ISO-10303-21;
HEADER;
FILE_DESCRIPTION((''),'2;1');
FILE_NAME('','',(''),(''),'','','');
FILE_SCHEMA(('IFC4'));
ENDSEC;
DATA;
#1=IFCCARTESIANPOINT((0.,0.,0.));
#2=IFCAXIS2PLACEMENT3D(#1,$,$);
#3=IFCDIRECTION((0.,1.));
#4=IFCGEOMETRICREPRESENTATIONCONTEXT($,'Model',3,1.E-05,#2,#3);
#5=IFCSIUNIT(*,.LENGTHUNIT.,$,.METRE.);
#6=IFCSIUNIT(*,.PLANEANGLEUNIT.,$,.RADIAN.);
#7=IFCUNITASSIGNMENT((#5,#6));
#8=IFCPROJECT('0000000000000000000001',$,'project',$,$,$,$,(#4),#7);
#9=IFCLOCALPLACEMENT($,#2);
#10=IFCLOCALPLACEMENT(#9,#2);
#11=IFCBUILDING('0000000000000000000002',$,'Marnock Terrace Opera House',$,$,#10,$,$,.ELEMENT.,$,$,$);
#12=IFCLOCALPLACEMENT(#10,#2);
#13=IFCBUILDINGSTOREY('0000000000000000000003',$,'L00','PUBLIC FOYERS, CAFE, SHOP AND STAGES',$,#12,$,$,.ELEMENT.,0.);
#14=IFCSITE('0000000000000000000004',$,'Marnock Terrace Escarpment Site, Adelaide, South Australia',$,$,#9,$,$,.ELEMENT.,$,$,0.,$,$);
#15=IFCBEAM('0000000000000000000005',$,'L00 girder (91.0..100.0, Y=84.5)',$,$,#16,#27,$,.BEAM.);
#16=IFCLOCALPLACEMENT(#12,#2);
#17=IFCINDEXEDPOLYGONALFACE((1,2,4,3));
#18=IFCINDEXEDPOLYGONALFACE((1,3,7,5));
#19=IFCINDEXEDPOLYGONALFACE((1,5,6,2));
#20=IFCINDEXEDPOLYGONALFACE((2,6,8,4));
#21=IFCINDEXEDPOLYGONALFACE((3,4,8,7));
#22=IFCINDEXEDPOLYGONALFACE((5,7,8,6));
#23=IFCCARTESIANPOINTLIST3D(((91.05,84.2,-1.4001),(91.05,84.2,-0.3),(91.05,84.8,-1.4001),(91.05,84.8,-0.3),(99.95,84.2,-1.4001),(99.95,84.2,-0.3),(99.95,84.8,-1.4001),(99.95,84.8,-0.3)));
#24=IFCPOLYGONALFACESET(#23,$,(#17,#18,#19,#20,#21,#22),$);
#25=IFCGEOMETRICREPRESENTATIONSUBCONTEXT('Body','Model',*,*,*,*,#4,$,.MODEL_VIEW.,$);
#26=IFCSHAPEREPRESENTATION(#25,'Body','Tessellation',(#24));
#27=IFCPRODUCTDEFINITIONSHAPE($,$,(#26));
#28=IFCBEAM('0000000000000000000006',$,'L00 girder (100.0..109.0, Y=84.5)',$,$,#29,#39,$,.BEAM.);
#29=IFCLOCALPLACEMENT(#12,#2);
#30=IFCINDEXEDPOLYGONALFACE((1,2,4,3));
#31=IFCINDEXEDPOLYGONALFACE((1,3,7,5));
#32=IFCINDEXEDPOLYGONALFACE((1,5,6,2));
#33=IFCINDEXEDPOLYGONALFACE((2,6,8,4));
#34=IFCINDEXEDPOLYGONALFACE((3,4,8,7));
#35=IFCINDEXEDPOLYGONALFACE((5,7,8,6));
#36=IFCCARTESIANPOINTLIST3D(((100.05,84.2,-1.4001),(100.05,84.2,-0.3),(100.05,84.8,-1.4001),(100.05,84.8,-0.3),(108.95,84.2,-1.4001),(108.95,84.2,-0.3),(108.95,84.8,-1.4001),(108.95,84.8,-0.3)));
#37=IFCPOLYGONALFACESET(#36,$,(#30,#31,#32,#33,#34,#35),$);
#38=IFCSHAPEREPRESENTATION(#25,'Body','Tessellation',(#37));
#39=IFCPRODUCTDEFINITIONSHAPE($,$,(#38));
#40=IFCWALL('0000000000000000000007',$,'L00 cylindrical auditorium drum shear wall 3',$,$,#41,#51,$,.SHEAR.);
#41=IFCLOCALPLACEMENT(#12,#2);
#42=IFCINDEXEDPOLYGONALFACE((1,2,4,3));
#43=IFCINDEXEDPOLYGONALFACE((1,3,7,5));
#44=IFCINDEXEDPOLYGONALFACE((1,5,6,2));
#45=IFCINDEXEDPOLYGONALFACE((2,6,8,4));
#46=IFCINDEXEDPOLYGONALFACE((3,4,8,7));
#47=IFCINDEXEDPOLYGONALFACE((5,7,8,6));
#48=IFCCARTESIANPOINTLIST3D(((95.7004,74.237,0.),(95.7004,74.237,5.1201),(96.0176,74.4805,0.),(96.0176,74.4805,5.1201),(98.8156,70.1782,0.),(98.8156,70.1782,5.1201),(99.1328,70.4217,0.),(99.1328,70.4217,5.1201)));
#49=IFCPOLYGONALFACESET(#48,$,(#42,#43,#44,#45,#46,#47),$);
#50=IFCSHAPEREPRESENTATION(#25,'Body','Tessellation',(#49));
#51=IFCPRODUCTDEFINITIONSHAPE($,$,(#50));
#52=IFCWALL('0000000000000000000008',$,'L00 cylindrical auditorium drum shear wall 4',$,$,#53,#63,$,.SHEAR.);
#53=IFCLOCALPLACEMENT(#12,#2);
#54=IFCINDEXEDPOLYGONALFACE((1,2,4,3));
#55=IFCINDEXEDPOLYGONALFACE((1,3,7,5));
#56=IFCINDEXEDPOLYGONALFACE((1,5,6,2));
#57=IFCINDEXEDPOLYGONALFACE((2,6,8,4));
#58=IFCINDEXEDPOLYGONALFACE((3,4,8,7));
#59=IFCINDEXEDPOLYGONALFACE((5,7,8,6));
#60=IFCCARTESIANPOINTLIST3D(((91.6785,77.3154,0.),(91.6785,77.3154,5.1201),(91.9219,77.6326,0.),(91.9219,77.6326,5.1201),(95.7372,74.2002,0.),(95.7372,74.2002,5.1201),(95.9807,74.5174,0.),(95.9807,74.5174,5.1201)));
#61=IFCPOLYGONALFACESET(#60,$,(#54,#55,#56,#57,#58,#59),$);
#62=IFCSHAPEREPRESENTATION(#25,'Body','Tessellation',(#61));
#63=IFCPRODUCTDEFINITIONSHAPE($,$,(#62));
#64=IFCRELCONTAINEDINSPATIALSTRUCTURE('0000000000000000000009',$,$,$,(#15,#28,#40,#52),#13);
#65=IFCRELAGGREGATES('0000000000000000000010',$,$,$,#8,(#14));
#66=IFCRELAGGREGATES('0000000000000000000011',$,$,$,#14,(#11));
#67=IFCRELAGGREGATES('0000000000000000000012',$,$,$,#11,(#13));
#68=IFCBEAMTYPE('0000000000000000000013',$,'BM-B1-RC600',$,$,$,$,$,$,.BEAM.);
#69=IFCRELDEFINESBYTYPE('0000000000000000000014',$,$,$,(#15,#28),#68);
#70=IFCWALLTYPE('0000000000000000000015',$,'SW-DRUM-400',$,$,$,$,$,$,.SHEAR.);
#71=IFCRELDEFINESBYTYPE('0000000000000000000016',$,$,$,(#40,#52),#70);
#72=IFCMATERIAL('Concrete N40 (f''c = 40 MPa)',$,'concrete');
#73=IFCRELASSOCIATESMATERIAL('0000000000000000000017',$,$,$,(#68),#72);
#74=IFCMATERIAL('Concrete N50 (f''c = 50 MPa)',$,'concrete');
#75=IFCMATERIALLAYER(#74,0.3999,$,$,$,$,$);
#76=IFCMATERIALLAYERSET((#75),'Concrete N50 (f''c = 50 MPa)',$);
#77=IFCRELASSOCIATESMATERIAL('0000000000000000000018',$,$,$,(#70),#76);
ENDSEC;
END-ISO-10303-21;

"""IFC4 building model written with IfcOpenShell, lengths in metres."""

from ifc_helpers import new_model, si_unit, direction, frame, frame_2d, origin, origin_2d, place, context, subcontext, project, spatial, rectangle, extrude, material, layer, layer_set, material_profile, profile_set, type_object, element, save


model = new_model("IFC4")

# Units and contexts
model_context = context("Model", 3, precision=1e-05, world=origin(), true_north=direction((0.0, 1.0)))
body_context = subcontext(model_context, "Body", "Model", "MODEL_VIEW")
ifc_project = project(units=[si_unit("LENGTHUNIT", "METRE"), si_unit("PLANEANGLEUNIT", "RADIAN")], contexts=[model_context])

# Site, building, storey
site_placement = place(None, origin())
site = spatial("IfcSite", under=ifc_project, at=site_placement, Name="Marnock Terrace Escarpment Site, Adelaide, South Australia", CompositionType="ELEMENT", RefElevation=0.0)
building_placement = place(site_placement, origin())
building = spatial("IfcBuilding", under=site, at=building_placement, Name="Marnock Terrace Opera House", CompositionType="ELEMENT")
storey_placement = place(building_placement, origin())
storey = spatial("IfcBuildingStorey", under=building, at=storey_placement, Name="L00", Description="PUBLIC FOYERS, CAFE, SHOP AND STAGES", CompositionType="ELEMENT", Elevation=0.0)

# Shared definitions
ifc_material_1 = material(Name="Concrete N50 (f'c = 50 MPa)", Category="concrete")

# Beams
ifc_material_2 = material(Name="Concrete N40 (f'c = 40 MPa)", Category="concrete")
ifc_material_profile_1 = material_profile(ifc_material_2, rectangle(XDim=0.6001, YDim=1.1001, at=origin_2d()))
ifc_profile_set_1 = profile_set([ifc_material_profile_1], Name="Concrete N40 (f'c = 40 MPa)")
beam_type_1 = type_object("IfcBeamType", Name="BM-B1-RC600", PredefinedType="BEAM", material=ifc_profile_set_1)
for number, where, z_axis, x_axis, name in (
    (1, (91.05, 84.5, -0.8501), (1.0, 0.0, 0.0), (0.0, 1.0, 0.0), "L00 girder (91.0..100.0, Y=84.5)"),
    (2, (100.05, 84.5, -0.8501), (1.0, 0.0, 0.0), (0.0, 1.0, 0.0), "L00 girder (100.0..109.0, Y=84.5)"),
):
    element("IfcBeam", number, at=place(storey_placement, frame(where, z_axis=z_axis, x_axis=x_axis)), inside=storey, type_object=beam_type_1, Name=name, PredefinedType="BEAM", context=body_context, shape_type="SweptSolid", body=[
        extrude(rectangle(XDim=0.6001, YDim=1.1001, at=origin_2d()), origin(), (0.0, 0.0, 1.0), 8.8999),
    ])

# Walls
ifc_layer = layer(ifc_material_1, 0.3999)
ifc_layer_set = layer_set([ifc_layer], Name="Concrete N50 (f'c = 50 MPa)")
wall_type = type_object("IfcWallType", Name="SW-DRUM-400", PredefinedType="SHEAR", material=ifc_layer_set)
for number, where, z_axis, x_axis, name in (
    (3, (98.9741, 70.3, 0.0), (0.0, 0.0, 1.0), (-0.608857, 0.79328, 0.0), "L00 cylindrical auditorium drum shear wall 3"),
    (4, (95.8589, 74.3589, 0.0), (0.0, 0.0, 1.0), (-0.79328, 0.608857, 0.0), "L00 cylindrical auditorium drum shear wall 4"),
):
    element("IfcWall", number, at=place(storey_placement, frame(where, z_axis=z_axis, x_axis=x_axis)), inside=storey, type_object=wall_type, Name=name, PredefinedType="SHEAR", context=body_context, shape_type="SweptSolid", body=[
        extrude(rectangle(XDim=5.1165, YDim=0.3999, at=frame_2d((2.5581, 0.0))), origin(), (0.0, 0.0, 1.0), 5.1201),
    ])

save(model, "model.ifc")
